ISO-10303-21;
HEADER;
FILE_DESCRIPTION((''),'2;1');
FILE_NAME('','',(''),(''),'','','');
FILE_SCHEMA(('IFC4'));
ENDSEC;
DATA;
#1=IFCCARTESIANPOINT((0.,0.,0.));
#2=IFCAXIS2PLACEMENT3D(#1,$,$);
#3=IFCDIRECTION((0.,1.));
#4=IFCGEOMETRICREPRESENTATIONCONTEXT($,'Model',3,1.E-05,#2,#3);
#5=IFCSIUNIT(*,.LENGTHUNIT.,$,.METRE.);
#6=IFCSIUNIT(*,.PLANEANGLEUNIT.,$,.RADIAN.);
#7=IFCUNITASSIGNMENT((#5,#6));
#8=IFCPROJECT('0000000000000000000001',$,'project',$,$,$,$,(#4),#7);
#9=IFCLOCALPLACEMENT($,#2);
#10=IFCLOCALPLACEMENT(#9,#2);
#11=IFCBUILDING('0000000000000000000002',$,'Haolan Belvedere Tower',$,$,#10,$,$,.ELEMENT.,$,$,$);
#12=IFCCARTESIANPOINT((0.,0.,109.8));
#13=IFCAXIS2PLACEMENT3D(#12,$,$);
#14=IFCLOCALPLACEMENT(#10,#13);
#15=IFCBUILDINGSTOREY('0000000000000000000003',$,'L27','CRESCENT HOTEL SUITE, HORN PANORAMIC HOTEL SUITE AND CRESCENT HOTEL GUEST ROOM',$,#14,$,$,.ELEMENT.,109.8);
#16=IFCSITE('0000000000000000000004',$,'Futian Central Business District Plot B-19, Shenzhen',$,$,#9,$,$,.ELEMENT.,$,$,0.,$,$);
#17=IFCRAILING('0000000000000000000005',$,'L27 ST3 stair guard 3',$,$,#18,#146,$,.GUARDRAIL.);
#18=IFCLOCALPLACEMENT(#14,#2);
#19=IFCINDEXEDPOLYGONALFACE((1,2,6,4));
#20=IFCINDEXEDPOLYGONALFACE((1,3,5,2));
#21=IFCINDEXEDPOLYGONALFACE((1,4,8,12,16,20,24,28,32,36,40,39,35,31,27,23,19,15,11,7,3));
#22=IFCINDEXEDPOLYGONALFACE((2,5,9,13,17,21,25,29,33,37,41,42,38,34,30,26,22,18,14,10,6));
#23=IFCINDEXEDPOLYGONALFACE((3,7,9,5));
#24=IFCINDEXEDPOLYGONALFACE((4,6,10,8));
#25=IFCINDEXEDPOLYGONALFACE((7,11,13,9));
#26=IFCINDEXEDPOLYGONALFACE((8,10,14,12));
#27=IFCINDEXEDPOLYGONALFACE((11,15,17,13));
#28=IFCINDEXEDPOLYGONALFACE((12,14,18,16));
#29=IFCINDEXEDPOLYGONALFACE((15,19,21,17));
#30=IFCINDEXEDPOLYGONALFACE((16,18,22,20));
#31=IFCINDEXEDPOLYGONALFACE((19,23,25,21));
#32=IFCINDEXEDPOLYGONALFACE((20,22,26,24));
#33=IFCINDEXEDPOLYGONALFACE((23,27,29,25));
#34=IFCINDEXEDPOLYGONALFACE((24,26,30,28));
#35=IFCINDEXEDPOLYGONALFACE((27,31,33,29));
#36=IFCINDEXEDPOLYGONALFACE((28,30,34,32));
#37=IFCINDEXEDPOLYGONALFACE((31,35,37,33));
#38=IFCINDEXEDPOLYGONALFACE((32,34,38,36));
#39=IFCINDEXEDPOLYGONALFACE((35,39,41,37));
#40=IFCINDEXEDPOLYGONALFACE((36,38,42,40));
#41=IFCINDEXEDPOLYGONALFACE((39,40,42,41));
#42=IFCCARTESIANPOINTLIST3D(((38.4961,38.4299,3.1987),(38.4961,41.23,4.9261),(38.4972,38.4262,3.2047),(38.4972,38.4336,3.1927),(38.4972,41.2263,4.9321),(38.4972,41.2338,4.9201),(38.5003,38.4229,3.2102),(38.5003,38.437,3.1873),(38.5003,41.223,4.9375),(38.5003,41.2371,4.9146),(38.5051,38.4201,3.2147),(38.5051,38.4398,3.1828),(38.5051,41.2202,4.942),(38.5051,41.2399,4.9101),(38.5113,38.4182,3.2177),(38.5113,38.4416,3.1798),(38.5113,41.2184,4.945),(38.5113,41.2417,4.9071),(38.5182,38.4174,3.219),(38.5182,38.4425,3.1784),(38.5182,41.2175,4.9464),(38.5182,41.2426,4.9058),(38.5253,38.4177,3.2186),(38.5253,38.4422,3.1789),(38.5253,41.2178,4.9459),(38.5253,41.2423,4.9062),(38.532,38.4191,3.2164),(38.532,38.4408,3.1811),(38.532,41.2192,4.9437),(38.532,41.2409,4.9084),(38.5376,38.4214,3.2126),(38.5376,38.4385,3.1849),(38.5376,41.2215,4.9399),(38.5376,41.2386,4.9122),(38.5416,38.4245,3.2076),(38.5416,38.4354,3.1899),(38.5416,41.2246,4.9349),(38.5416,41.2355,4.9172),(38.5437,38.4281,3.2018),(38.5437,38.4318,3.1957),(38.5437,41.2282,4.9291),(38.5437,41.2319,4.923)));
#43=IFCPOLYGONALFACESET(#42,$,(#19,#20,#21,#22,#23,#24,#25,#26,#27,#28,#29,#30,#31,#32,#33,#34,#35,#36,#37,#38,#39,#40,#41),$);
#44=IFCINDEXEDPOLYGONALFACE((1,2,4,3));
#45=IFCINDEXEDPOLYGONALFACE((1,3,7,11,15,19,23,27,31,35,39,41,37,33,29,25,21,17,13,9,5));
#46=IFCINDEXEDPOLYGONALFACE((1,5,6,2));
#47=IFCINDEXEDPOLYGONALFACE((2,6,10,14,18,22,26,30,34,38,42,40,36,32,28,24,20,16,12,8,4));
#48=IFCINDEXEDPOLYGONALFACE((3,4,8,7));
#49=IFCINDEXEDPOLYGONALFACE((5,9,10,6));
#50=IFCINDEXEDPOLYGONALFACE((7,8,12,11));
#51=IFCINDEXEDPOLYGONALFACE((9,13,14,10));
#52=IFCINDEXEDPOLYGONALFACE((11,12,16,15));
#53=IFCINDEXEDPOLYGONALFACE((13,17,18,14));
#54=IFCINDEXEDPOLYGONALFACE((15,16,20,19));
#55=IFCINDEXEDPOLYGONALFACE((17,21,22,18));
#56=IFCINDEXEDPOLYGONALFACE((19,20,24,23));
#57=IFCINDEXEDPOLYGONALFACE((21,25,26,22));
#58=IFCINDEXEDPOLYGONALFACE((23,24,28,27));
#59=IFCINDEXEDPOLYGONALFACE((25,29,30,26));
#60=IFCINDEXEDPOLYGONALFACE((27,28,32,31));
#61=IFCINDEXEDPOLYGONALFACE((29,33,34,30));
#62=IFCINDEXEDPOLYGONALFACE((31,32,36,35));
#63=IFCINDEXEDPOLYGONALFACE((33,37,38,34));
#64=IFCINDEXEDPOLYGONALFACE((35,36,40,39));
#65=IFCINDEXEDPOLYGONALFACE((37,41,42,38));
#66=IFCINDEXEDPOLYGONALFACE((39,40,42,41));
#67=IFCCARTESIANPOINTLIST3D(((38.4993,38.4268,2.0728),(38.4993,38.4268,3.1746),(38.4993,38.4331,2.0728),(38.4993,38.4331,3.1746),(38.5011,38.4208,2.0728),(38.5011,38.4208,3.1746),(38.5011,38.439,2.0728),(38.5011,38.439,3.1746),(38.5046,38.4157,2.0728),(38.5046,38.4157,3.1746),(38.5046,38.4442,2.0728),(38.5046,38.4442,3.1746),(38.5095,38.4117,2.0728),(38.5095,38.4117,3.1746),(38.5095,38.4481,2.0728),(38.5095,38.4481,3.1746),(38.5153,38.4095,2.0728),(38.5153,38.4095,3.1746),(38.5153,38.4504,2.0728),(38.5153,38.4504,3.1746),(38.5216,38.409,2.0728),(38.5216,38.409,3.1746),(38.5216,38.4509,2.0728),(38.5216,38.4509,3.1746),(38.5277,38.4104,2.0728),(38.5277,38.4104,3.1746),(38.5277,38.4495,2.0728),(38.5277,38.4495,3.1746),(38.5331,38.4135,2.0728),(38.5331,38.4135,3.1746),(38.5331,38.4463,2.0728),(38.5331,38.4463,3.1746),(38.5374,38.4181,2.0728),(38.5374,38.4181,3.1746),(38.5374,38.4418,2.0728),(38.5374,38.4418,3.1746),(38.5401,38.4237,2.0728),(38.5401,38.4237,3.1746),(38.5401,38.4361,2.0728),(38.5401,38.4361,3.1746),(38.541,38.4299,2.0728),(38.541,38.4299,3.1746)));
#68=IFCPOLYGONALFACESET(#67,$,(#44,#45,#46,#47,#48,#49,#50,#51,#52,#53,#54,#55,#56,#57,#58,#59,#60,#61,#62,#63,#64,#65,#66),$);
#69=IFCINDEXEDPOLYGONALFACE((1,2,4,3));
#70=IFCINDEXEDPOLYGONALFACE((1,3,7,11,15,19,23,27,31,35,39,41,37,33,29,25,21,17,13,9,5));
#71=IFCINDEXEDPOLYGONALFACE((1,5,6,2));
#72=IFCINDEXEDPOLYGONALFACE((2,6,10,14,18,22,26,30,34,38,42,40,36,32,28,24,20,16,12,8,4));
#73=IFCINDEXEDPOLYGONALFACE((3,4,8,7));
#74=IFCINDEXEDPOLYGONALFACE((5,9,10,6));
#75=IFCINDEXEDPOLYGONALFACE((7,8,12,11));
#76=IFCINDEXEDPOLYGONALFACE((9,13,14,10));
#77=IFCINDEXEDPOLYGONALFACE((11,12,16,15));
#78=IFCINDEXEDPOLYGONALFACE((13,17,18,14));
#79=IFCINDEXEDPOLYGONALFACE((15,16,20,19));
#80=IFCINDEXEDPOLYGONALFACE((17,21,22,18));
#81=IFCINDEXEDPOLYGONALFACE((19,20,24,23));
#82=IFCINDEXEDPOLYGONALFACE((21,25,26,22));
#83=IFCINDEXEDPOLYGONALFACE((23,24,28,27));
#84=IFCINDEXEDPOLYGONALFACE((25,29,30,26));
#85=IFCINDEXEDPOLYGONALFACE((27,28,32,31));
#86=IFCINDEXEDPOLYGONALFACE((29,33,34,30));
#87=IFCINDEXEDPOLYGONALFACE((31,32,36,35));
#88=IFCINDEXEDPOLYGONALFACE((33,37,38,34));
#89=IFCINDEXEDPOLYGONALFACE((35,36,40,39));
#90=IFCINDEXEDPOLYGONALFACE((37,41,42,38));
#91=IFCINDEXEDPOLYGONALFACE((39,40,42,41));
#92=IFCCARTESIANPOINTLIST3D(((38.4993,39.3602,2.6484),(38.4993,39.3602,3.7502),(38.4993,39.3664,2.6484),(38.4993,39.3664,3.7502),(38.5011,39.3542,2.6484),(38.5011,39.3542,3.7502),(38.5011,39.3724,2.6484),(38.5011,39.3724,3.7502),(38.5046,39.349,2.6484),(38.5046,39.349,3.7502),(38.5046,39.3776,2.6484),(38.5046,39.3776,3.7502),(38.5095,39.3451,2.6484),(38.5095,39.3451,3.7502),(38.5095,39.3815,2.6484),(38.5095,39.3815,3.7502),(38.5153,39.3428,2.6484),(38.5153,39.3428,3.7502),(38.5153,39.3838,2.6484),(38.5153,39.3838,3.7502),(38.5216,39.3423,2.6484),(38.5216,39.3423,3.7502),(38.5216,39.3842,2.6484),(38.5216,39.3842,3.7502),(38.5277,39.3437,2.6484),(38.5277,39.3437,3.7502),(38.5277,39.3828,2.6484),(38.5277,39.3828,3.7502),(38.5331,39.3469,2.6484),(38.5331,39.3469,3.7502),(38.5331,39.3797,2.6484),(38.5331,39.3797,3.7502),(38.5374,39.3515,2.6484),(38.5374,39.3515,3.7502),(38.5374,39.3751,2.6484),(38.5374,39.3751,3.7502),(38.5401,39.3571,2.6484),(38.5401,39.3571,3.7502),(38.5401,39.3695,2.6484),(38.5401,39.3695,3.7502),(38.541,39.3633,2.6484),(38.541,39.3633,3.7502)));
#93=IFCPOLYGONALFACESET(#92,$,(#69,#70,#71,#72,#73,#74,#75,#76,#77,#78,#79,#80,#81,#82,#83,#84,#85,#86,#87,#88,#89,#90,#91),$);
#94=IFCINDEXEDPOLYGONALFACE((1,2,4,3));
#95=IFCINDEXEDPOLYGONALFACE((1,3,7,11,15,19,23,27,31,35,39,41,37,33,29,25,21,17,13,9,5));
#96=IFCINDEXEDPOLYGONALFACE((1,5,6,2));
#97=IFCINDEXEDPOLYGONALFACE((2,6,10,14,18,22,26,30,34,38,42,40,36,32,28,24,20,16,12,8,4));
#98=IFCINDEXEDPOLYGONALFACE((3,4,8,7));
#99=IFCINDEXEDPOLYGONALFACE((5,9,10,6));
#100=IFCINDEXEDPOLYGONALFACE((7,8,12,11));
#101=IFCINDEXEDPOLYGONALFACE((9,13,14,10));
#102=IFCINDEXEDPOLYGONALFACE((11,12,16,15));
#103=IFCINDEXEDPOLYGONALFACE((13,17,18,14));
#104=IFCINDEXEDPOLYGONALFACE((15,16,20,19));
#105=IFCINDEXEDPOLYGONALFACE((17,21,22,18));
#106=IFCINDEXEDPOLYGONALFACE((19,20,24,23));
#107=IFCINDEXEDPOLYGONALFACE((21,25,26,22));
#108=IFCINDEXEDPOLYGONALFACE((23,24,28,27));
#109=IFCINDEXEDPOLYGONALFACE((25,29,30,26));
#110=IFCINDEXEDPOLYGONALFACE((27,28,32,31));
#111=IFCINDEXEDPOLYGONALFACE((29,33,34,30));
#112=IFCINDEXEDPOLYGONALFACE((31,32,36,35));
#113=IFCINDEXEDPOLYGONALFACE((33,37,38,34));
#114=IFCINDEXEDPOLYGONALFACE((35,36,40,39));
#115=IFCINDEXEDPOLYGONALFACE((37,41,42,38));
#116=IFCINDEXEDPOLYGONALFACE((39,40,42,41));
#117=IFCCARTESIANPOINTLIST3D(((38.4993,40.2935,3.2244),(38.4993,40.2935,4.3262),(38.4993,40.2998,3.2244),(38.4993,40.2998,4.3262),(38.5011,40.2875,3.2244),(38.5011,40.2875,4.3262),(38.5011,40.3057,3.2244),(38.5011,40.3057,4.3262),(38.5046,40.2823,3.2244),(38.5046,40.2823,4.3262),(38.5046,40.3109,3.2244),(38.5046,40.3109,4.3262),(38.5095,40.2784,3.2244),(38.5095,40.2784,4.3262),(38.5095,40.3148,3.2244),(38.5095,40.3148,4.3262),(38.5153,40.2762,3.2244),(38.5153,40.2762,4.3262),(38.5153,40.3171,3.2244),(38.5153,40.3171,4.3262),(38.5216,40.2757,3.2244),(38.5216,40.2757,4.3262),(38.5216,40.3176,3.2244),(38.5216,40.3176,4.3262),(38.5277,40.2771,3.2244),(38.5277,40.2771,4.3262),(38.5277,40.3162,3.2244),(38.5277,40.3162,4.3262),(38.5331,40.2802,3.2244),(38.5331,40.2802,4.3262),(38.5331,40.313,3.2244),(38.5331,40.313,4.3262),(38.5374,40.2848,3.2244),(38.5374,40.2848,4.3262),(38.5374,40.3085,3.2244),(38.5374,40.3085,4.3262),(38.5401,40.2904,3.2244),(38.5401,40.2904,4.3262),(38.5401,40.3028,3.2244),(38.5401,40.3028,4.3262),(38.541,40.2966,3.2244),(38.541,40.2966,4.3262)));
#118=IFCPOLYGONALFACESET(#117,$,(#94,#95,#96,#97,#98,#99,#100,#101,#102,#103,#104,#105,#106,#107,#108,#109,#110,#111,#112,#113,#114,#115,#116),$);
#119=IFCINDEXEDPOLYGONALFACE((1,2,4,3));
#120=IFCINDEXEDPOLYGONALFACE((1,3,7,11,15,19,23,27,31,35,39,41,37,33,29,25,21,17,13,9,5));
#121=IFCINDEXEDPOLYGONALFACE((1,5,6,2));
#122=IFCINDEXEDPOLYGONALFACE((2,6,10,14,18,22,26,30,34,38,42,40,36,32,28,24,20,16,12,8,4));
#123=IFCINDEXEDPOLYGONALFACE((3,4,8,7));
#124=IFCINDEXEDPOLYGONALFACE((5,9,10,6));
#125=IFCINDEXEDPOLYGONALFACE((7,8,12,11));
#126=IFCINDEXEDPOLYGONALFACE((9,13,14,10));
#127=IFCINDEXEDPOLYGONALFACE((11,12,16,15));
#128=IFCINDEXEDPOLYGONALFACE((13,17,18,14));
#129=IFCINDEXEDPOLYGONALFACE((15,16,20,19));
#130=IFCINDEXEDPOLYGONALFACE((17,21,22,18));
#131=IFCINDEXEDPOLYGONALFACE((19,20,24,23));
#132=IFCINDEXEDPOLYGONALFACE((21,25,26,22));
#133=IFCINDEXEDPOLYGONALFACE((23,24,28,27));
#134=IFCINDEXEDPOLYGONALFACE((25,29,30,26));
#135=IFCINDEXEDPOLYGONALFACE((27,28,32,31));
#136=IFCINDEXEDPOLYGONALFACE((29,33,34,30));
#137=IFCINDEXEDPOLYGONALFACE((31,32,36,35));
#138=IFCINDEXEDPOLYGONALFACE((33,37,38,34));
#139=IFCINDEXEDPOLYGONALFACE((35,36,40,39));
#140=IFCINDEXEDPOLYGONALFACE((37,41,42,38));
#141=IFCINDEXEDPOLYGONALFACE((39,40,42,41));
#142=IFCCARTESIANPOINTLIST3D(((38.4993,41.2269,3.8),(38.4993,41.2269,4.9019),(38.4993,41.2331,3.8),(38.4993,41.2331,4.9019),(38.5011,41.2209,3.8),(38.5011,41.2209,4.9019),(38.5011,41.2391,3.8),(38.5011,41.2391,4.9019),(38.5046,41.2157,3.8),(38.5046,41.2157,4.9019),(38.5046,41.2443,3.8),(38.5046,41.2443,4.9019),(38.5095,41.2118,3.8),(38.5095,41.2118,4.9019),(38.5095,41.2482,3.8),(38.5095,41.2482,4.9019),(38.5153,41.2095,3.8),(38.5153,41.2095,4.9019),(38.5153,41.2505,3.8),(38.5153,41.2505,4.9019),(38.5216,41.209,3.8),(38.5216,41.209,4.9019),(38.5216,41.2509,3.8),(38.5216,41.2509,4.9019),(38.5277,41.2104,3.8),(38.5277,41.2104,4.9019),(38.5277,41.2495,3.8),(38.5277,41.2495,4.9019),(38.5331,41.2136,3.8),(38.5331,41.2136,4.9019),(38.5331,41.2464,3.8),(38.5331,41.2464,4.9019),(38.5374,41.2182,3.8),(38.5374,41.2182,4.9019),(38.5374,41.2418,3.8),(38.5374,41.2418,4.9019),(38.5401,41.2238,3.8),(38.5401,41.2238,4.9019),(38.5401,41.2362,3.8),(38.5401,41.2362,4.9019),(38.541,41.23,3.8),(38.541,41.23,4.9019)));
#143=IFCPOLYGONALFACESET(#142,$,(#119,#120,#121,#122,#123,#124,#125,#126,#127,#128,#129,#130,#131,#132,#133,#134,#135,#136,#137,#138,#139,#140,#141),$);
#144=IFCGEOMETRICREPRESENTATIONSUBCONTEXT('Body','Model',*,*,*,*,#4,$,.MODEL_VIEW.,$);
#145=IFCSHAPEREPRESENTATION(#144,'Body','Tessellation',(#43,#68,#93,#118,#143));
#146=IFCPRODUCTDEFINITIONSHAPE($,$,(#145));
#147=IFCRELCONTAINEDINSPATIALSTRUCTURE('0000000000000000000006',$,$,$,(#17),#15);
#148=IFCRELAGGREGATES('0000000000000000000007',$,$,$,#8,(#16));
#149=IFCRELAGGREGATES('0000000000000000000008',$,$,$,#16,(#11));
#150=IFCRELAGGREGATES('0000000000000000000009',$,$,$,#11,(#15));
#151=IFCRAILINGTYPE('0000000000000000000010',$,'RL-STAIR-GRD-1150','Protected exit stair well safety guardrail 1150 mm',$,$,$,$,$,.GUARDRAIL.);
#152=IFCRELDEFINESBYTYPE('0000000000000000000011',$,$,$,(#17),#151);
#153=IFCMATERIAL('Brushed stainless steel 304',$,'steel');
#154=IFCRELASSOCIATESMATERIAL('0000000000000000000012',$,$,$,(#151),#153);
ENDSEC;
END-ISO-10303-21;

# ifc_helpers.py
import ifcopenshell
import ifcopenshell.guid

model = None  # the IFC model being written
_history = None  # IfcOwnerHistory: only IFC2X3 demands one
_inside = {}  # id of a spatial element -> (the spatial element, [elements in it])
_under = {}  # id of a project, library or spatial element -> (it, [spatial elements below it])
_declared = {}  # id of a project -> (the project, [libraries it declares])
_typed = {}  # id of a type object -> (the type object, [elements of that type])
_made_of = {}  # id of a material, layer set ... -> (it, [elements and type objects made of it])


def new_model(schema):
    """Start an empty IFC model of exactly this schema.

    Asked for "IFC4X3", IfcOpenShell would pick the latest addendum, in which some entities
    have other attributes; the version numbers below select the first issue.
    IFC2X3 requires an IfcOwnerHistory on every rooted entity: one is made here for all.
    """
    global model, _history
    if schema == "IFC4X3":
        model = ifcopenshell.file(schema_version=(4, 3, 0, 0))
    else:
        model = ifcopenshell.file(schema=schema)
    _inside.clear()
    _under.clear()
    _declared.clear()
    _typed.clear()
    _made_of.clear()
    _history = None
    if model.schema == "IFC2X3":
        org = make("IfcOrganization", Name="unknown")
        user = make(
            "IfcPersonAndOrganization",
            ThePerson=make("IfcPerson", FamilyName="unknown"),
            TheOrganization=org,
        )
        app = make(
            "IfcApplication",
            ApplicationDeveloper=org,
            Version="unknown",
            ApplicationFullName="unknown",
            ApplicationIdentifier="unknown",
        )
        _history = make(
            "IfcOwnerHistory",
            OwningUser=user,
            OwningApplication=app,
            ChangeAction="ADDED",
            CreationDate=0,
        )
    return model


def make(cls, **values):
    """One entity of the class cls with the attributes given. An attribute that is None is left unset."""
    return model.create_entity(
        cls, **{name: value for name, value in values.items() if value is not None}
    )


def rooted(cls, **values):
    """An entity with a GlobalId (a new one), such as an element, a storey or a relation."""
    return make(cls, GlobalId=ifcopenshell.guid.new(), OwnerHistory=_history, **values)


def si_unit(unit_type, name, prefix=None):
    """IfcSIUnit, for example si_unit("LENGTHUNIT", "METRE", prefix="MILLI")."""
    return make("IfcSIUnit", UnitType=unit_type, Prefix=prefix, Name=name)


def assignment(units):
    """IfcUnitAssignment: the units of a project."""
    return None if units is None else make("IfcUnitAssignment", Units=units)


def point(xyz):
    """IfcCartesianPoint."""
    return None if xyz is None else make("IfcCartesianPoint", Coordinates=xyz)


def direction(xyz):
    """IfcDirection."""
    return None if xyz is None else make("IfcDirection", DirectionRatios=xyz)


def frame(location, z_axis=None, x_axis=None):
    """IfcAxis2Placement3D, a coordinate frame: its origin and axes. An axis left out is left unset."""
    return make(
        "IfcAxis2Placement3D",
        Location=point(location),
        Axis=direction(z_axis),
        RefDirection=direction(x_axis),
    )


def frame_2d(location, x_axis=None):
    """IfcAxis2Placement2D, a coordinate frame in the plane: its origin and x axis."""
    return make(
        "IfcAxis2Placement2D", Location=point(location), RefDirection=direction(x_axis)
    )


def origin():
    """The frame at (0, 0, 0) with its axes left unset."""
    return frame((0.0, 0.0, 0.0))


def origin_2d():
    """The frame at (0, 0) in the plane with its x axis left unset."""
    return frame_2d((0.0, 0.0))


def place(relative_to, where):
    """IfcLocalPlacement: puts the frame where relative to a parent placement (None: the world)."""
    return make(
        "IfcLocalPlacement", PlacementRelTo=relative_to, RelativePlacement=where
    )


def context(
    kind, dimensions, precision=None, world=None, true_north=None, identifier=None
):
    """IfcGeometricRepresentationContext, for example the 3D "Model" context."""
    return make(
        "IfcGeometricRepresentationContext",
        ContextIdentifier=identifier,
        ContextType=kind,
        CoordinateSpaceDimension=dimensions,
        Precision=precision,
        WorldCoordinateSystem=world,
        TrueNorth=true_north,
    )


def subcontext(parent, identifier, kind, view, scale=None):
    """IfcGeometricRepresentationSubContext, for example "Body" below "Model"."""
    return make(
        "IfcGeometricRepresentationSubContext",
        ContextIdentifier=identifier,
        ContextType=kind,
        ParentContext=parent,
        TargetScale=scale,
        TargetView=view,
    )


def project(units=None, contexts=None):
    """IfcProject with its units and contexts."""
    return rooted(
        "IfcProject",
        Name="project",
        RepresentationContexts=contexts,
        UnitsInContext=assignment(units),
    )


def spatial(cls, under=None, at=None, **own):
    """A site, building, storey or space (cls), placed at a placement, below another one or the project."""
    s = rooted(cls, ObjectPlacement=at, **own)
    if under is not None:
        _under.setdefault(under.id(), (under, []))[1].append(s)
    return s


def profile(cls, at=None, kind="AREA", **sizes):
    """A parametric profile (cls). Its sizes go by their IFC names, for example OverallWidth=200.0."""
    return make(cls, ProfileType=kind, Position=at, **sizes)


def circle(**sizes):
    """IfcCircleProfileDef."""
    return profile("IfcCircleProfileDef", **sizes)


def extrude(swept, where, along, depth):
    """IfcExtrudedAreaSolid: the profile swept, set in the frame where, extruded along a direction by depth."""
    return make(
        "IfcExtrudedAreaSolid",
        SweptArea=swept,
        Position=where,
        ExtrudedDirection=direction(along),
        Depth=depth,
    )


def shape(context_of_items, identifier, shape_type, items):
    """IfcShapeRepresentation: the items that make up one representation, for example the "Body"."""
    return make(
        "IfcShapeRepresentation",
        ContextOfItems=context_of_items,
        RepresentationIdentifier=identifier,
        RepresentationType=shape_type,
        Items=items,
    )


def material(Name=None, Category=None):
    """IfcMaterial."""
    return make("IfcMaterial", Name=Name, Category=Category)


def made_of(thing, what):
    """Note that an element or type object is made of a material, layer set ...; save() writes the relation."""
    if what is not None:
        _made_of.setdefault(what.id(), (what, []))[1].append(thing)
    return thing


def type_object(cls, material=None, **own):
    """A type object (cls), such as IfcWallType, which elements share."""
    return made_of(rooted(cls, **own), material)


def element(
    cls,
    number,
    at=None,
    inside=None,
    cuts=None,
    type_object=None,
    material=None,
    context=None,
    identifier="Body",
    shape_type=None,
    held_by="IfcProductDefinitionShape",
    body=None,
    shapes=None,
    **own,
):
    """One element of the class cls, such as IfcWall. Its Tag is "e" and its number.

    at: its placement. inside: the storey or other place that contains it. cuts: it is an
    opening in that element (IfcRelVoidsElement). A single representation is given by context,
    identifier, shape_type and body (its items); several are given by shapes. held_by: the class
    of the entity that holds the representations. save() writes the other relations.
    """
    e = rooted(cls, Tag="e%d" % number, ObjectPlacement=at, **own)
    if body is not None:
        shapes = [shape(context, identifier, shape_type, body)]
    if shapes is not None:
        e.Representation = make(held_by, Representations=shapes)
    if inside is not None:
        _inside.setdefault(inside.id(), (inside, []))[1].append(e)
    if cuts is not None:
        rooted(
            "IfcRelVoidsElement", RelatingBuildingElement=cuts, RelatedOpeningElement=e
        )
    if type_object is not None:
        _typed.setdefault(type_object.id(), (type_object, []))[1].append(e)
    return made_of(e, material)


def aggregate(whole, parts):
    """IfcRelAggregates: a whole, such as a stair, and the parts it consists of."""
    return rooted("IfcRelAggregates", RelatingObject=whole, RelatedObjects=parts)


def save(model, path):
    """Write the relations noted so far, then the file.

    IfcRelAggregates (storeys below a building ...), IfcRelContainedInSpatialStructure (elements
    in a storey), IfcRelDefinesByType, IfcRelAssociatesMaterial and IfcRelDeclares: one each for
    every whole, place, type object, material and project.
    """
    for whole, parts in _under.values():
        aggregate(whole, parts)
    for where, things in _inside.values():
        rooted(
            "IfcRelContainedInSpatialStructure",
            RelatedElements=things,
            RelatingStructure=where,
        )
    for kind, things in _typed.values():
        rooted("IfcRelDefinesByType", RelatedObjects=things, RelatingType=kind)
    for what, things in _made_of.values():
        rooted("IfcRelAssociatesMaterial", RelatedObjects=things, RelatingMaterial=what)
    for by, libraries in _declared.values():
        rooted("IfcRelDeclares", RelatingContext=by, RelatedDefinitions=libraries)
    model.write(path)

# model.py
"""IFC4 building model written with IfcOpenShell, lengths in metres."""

from ifc_helpers import new_model, si_unit, direction, frame, origin, origin_2d, place, context, subcontext, project, spatial, circle, extrude, material, type_object, element, save


model = new_model("IFC4")

# Units and contexts
model_context = context("Model", 3, precision=1e-05, world=origin(), true_north=direction((0.0, 1.0)))
body_context = subcontext(model_context, "Body", "Model", "MODEL_VIEW")
ifc_project = project(units=[si_unit("LENGTHUNIT", "METRE"), si_unit("PLANEANGLEUNIT", "RADIAN")], contexts=[model_context])

# Site, building, storey
site_placement = place(None, origin())
site = spatial("IfcSite", under=ifc_project, at=site_placement, Name="Futian Central Business District Plot B-19, Shenzhen", CompositionType="ELEMENT", RefElevation=0.0)
building_placement = place(site_placement, origin())
building = spatial("IfcBuilding", under=site, at=building_placement, Name="Haolan Belvedere Tower", CompositionType="ELEMENT")
storey_placement = place(building_placement, frame((0.0, 0.0, 109.8)))
storey = spatial("IfcBuildingStorey", under=building, at=storey_placement, Name="L27", Description="CRESCENT HOTEL SUITE, HORN PANORAMIC HOTEL SUITE AND CRESCENT HOTEL GUEST ROOM", CompositionType="ELEMENT", Elevation=109.8)

# Railing
ifc_material_1 = material(Name="Brushed stainless steel 304", Category="steel")
railing_type_1 = type_object("IfcRailingType", Name="RL-STAIR-GRD-1150", Description="Protected exit stair well safety guardrail 1150 mm", PredefinedType="GUARDRAIL", material=ifc_material_1)
railing_1_placement = place(storey_placement, frame((38.52, 38.4299, 2.0728)))
element("IfcRailing", 1, at=railing_1_placement, inside=storey, type_object=railing_type_1, Name="L27 ST3 stair guard 3", PredefinedType="GUARDRAIL", context=body_context, shape_type="SweptSolid", body=[
    extrude(circle(Radius=0.0239, at=origin_2d()), frame((0.0, 0.0, 1.126), z_axis=(0.0, 0.85109, 0.52502), x_axis=(-1.0, 0.0, 0.0)), (0.0, 0.0, 1.0), 3.29),
    extrude(circle(Radius=0.021, at=origin_2d()), origin(), (0.0, 0.0, 1.0), 1.1018),
    extrude(circle(Radius=0.021, at=origin_2d()), frame((0.0, 0.9333, 0.5757)), (0.0, 0.0, 1.0), 1.1018),
    extrude(circle(Radius=0.021, at=origin_2d()), frame((0.0, 1.8667, 1.1516)), (0.0, 0.0, 1.0), 1.1018),
    extrude(circle(Radius=0.021, at=origin_2d()), frame((0.0, 2.8, 1.7273)), (0.0, 0.0, 1.0), 1.1018),
])

save(model, "model.ifc")
